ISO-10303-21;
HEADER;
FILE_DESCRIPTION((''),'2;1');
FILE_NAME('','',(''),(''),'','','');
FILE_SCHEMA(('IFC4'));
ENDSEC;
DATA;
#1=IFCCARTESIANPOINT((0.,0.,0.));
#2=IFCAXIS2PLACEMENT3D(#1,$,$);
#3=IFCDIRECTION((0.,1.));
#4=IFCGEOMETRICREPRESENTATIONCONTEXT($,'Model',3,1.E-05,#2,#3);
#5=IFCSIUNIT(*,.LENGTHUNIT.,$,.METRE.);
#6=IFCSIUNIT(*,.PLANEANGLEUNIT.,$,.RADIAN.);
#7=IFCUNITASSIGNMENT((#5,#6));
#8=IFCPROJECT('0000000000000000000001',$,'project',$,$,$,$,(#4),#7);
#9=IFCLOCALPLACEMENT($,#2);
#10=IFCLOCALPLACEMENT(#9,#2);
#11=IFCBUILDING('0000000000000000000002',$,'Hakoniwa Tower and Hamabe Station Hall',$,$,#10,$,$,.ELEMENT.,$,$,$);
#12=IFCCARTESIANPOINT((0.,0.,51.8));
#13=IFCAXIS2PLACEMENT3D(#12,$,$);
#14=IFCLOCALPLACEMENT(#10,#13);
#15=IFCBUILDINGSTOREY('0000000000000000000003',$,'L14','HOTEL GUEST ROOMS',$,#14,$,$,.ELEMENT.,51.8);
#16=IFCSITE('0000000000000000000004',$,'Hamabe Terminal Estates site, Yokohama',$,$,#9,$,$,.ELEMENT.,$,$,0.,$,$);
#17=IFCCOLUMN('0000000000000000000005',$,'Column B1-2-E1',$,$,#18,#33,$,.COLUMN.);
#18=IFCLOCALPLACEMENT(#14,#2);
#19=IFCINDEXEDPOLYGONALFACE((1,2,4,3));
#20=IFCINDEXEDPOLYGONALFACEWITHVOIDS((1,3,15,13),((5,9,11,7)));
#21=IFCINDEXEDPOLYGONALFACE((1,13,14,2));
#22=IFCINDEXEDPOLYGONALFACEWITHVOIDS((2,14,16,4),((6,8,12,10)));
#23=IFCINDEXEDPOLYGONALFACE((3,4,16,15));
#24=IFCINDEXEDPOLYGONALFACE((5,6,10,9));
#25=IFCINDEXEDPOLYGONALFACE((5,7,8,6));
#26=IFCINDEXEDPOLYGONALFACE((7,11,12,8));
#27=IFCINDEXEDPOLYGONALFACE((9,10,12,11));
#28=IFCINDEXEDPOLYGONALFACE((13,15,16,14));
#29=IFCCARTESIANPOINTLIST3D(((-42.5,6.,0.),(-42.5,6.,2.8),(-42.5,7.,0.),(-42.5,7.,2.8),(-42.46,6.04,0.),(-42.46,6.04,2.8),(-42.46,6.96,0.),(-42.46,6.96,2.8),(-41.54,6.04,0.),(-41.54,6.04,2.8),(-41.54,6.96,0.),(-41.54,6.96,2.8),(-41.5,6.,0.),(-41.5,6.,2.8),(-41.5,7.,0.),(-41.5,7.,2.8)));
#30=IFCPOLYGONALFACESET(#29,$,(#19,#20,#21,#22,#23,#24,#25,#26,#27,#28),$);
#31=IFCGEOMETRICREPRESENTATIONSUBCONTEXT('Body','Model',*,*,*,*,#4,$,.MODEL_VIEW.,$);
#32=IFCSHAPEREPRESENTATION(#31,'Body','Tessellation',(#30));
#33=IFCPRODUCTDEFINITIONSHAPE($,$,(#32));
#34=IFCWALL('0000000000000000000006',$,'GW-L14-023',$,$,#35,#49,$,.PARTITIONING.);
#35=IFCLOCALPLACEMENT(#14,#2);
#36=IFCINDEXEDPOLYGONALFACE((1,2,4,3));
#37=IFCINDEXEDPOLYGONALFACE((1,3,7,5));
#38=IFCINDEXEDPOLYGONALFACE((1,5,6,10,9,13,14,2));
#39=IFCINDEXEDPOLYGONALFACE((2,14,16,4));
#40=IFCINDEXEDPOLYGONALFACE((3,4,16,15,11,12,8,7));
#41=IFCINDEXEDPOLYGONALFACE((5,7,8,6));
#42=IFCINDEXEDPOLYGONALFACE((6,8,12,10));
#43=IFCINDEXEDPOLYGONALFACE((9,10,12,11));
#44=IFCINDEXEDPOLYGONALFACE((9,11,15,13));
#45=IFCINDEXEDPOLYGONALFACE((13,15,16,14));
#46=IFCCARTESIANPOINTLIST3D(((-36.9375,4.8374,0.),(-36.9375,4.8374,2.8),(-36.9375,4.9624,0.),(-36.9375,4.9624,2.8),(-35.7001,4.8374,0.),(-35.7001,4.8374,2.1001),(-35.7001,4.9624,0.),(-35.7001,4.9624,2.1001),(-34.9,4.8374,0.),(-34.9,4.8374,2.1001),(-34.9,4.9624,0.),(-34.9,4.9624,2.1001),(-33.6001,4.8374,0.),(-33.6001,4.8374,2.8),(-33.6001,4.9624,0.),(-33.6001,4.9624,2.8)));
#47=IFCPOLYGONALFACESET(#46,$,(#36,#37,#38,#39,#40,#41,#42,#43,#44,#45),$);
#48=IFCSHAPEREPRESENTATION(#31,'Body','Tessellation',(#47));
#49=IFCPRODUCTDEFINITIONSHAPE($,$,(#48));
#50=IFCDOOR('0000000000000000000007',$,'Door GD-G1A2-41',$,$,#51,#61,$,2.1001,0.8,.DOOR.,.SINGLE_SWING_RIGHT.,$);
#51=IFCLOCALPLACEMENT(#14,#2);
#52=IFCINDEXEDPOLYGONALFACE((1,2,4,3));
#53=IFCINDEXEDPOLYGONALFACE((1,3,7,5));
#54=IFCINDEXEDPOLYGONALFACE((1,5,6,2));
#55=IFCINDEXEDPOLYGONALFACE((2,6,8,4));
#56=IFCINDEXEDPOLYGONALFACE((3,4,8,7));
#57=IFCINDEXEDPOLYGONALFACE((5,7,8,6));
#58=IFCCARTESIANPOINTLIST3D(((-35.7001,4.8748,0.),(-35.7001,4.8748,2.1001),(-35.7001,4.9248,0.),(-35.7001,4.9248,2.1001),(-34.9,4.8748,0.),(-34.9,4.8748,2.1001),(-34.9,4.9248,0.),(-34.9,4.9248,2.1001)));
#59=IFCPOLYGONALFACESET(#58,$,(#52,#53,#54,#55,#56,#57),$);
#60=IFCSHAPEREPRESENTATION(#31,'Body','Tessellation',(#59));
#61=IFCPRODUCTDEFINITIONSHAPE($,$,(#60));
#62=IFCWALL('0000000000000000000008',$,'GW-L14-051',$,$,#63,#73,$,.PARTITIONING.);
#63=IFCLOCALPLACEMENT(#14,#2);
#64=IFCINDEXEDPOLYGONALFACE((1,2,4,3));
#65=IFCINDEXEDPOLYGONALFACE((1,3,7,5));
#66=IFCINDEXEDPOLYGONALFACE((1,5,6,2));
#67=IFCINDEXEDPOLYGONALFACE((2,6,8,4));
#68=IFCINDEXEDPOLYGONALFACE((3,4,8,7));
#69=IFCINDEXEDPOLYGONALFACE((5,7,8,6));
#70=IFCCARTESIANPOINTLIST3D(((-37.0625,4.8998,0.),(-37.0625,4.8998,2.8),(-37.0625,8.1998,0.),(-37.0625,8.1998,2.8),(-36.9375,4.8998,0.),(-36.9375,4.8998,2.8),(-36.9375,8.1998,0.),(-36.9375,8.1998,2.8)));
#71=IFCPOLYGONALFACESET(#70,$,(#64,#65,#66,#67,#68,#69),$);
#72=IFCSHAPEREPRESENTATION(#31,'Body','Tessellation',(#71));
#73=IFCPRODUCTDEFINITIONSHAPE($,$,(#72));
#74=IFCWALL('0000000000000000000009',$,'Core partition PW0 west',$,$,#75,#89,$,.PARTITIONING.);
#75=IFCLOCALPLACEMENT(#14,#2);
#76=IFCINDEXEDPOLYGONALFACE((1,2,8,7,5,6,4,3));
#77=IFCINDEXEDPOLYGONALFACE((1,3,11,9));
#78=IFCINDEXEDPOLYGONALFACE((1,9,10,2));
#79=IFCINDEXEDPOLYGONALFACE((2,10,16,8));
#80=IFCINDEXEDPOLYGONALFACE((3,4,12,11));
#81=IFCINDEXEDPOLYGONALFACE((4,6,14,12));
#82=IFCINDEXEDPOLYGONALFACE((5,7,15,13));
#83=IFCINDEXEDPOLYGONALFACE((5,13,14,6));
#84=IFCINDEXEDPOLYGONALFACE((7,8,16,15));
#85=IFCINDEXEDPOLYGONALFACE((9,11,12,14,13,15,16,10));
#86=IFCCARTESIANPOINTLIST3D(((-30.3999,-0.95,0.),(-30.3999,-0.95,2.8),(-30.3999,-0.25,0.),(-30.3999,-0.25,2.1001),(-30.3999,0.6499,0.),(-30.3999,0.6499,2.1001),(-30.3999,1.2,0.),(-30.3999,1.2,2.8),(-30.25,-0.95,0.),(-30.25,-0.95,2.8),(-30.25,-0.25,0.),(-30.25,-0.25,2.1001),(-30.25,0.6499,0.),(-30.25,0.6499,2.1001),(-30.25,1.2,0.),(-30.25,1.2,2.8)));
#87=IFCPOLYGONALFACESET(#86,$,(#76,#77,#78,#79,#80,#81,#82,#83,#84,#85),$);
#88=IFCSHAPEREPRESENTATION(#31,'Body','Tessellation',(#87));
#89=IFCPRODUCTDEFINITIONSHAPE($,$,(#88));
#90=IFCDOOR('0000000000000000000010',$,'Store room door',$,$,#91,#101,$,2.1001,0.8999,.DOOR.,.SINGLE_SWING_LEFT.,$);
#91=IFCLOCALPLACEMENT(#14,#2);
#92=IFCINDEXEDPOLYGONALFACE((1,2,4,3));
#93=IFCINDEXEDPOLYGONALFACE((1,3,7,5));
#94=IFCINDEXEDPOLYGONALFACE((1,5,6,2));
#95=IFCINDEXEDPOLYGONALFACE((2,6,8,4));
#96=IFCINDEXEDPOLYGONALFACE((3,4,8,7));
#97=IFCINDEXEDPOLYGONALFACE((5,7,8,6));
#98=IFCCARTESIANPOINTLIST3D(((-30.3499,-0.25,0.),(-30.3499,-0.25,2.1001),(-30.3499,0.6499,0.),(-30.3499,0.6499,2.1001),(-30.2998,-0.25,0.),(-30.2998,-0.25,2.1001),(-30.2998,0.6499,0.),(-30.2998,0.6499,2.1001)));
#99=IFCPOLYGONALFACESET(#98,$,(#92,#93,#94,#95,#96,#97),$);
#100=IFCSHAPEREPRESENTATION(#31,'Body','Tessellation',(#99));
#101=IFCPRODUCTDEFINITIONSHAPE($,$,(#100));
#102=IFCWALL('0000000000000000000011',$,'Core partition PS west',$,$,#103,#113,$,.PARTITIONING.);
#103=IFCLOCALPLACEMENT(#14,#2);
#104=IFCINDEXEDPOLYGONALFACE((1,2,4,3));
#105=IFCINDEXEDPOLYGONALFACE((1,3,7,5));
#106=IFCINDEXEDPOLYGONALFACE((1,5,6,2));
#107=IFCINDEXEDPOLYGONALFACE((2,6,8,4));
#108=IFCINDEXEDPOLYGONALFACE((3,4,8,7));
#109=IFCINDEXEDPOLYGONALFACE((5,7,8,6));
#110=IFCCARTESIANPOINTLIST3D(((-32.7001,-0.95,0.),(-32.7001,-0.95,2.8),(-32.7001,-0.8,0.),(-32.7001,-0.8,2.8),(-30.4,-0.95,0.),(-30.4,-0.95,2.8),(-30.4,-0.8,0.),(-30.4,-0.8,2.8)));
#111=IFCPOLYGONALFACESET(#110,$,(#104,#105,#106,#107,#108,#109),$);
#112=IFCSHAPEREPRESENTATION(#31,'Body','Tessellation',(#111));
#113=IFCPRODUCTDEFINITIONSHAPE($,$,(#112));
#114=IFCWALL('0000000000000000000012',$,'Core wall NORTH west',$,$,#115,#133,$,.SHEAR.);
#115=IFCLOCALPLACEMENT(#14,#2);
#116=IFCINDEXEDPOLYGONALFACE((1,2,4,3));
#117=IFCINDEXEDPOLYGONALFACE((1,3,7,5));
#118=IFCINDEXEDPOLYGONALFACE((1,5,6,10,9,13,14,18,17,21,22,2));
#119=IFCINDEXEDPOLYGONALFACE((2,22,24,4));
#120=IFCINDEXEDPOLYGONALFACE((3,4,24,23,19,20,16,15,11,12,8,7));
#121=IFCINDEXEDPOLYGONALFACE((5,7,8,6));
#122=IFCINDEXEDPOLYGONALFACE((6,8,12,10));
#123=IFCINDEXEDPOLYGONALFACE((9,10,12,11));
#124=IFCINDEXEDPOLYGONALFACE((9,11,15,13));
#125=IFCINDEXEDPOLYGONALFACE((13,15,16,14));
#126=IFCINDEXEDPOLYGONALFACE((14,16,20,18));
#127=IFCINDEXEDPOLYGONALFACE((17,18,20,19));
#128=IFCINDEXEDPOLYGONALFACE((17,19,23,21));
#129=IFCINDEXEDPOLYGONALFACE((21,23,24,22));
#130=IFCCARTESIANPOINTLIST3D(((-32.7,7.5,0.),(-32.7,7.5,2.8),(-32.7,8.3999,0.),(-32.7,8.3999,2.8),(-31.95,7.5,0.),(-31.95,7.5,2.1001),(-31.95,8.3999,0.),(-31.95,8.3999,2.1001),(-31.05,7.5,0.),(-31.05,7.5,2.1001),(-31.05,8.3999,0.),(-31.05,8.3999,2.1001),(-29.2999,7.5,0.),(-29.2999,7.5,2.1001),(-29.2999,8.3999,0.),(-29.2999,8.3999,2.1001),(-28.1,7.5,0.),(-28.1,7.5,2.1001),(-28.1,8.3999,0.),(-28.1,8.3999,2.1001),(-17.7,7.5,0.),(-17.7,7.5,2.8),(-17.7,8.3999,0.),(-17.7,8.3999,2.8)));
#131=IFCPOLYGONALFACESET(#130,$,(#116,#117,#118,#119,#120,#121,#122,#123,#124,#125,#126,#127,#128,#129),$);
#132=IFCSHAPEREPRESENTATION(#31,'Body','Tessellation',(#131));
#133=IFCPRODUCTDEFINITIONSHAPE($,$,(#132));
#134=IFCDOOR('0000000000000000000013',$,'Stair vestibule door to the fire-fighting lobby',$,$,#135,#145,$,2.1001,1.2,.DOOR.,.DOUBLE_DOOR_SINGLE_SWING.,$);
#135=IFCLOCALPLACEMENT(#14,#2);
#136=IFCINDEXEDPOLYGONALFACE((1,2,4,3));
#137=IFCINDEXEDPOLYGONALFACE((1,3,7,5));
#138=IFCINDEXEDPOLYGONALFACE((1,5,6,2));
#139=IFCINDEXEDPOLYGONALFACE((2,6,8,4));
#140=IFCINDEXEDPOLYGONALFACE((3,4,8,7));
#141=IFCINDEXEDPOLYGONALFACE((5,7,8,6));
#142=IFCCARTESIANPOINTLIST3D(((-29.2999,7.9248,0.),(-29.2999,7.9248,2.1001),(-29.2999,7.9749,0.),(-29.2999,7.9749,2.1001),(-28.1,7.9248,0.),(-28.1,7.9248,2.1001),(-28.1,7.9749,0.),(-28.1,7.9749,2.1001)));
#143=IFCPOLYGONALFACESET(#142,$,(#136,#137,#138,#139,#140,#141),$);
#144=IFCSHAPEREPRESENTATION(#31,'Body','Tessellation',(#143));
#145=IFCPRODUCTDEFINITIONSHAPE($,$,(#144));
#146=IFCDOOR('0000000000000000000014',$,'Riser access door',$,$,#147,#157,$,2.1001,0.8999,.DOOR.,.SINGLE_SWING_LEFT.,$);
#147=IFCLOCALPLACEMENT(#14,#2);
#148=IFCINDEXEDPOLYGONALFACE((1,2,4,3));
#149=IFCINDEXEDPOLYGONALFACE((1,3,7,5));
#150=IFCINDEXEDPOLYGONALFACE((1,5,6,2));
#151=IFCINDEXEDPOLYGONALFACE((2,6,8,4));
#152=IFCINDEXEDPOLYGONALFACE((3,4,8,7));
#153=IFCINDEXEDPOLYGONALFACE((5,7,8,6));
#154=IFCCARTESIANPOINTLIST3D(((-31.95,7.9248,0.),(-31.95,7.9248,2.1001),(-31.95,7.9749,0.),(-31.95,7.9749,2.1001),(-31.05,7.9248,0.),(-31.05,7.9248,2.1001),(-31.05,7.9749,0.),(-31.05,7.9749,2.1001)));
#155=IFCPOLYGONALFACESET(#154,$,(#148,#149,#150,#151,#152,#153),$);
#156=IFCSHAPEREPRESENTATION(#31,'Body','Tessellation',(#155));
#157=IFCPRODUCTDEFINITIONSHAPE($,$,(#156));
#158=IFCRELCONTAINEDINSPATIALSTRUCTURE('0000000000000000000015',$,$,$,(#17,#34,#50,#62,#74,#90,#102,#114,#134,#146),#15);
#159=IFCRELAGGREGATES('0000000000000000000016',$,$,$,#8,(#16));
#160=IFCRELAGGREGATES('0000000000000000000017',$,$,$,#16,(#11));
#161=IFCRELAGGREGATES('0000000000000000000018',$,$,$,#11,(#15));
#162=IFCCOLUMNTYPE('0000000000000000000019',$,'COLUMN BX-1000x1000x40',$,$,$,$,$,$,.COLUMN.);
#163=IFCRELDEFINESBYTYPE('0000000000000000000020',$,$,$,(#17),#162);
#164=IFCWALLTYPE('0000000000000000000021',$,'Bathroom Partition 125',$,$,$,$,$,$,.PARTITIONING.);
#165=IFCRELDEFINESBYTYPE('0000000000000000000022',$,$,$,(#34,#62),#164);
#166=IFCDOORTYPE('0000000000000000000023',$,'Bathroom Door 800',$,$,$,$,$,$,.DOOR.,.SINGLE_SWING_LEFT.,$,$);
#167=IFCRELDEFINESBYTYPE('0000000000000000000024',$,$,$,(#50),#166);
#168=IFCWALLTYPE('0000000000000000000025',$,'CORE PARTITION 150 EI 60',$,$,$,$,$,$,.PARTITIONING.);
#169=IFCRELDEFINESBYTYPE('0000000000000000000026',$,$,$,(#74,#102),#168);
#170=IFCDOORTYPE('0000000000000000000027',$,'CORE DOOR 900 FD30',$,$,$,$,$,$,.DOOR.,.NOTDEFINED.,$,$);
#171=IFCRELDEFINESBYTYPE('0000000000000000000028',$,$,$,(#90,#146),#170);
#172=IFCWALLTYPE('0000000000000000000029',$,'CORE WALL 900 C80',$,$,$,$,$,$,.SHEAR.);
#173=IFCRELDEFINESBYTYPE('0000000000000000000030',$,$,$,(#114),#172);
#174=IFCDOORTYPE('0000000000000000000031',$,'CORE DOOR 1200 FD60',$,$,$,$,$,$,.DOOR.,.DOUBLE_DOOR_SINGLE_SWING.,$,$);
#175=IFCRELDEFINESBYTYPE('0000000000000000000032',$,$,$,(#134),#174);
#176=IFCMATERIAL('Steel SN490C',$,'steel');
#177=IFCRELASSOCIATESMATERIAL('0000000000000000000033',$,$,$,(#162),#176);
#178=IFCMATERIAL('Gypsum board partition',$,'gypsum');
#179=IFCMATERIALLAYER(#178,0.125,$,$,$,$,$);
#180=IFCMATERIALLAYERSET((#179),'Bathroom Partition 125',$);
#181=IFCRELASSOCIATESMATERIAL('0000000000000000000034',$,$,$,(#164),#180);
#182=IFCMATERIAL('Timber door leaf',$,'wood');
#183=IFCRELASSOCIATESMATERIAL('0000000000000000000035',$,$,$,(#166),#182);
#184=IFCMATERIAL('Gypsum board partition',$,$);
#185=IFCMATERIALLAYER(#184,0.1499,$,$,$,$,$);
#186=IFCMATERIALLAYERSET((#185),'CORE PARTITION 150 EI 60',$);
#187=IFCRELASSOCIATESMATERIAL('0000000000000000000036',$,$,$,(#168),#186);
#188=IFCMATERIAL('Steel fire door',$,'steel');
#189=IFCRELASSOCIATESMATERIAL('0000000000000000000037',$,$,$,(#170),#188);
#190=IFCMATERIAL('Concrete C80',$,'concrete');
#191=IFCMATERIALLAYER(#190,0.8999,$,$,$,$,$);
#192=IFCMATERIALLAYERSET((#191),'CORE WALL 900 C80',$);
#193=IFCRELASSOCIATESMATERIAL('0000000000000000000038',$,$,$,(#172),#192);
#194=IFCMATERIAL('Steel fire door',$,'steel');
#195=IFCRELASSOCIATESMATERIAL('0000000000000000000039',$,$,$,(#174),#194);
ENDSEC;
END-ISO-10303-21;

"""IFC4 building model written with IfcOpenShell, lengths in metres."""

from ifc_helpers import new_model, si_unit, direction, frame, frame_2d, origin, origin_2d, place, context, subcontext, project, spatial, rectangle, hollow_rectangle, extrude, material, layer, layer_set, material_profile, profile_set, type_object, element, fill, save


model = new_model("IFC4")

# Units and contexts
model_context = context("Model", 3, precision=1e-05, world=origin(), true_north=direction((0.0, 1.0)))
body_context = subcontext(model_context, "Body", "Model", "MODEL_VIEW")
ifc_project = project(units=[si_unit("LENGTHUNIT", "METRE"), si_unit("PLANEANGLEUNIT", "RADIAN")], contexts=[model_context])

# Site, building, storey
site_placement = place(None, origin())
site = spatial("IfcSite", under=ifc_project, at=site_placement, Name="Hamabe Terminal Estates site, Yokohama", CompositionType="ELEMENT", RefElevation=0.0)
building_placement = place(site_placement, origin())
building = spatial("IfcBuilding", under=site, at=building_placement, Name="Hakoniwa Tower and Hamabe Station Hall", CompositionType="ELEMENT")
storey_placement = place(building_placement, frame((0.0, 0.0, 51.8)))
storey = spatial("IfcBuildingStorey", under=building, at=storey_placement, Name="L14", Description="HOTEL GUEST ROOMS", CompositionType="ELEMENT", Elevation=51.8)

# Column
ifc_material_1 = material(Name="Steel SN490C", Category="steel")
ifc_material_profile = material_profile(ifc_material_1, hollow_rectangle(XDim=1.0, YDim=1.0, WallThickness=0.04, at=origin_2d()), Name="BX-1000x1000x40")
ifc_profile_set = profile_set([ifc_material_profile], Name="Steel SN490C")
column_type = type_object("IfcColumnType", Name="COLUMN BX-1000x1000x40", PredefinedType="COLUMN", material=ifc_profile_set)
column_placement = place(storey_placement, frame((-42.0, 6.5, 0.0), z_axis=(0.0, 0.0, 1.0), x_axis=(1.0, 0.0, 0.0)))
element("IfcColumn", 1, at=column_placement, inside=storey, type_object=column_type, Name="Column B1-2-E1", PredefinedType="COLUMN", context=body_context, shape_type="SweptSolid", body=[
    extrude(hollow_rectangle(XDim=1.0, YDim=1.0, WallThickness=0.04, at=origin_2d()), origin(), (0.0, 0.0, 1.0), 2.8),
])

# Wall, opening, door
ifc_material_2 = material(Name="Gypsum board partition", Category="gypsum")
ifc_layer_1 = layer(ifc_material_2, 0.125)
ifc_layer_set_1 = layer_set([ifc_layer_1], Name="Bathroom Partition 125")
wall_type_1 = type_object("IfcWallType", Name="Bathroom Partition 125", PredefinedType="PARTITIONING", material=ifc_layer_set_1)
wall_1_placement = place(storey_placement, frame((-36.9375, 4.8999, 0.0), z_axis=(0.0, 0.0, 1.0), x_axis=(1.0, 0.0, 0.0)))
wall_1 = element("IfcWall", 2, at=wall_1_placement, inside=storey, type_object=wall_type_1, Name="GW-L14-023", PredefinedType="PARTITIONING", context=body_context, shape_type="SweptSolid", body=[
    extrude(rectangle(XDim=3.3374, YDim=0.125, at=frame_2d((1.6687, 0.0))), origin(), (0.0, 0.0, 1.0), 2.8),
])
opening_1_placement = place(wall_1_placement, frame((1.2375, 0.0, 0.0)))
opening_1 = element("IfcOpeningElement", 3, at=opening_1_placement, cuts=wall_1, PredefinedType="OPENING", context=body_context, shape_type="SweptSolid", body=[
    extrude(rectangle(XDim=0.8, YDim=2.1001, at=frame_2d((0.3999, 1.05))), frame((0.0, 0.0725, 0.0), z_axis=(0.0, -1.0, 0.0), x_axis=(1.0, 0.0, 0.0)), (0.0, 0.0, 1.0), 0.145),
])
ifc_material_3 = material(Name="Timber door leaf", Category="wood")
door_type_1 = type_object("IfcDoorType", Name="Bathroom Door 800", OperationType="SINGLE_SWING_LEFT", PredefinedType="DOOR", material=ifc_material_3)
door_1_placement = place(opening_1_placement, origin())
door_1 = element("IfcDoor", 4, at=door_1_placement, inside=storey, type_object=door_type_1, Name="Door GD-G1A2-41", OperationType="SINGLE_SWING_RIGHT", OverallHeight=2.1001, OverallWidth=0.8, PredefinedType="DOOR", context=body_context, shape_type="SweptSolid", body=[
    extrude(rectangle(XDim=0.8, YDim=2.1001, at=frame_2d((0.3999, 1.05))), frame((0.0, 0.0249, 0.0), z_axis=(0.0, -1.0, 0.0), x_axis=(1.0, 0.0, 0.0)), (0.0, 0.0, 1.0), 0.05),
])
fill(opening_1, door_1)

# Wall
wall_2_placement = place(storey_placement, frame((-37.0, 4.8999, 0.0), z_axis=(0.0, 0.0, 1.0), x_axis=(0.0, 1.0, 0.0)))
element("IfcWall", 5, at=wall_2_placement, inside=storey, type_object=wall_type_1, Name="GW-L14-051", PredefinedType="PARTITIONING", context=body_context, shape_type="SweptSolid", body=[
    extrude(rectangle(XDim=3.3, YDim=0.125, at=frame_2d((1.6499, 0.0))), origin(), (0.0, 0.0, 1.0), 2.8),
])

# Wall, opening, door
ifc_material_4 = material(Name="Gypsum board partition")
ifc_layer_2 = layer(ifc_material_4, 0.1499)
ifc_layer_set_2 = layer_set([ifc_layer_2], Name="CORE PARTITION 150 EI 60")
wall_type_2 = type_object("IfcWallType", Name="CORE PARTITION 150 EI 60", PredefinedType="PARTITIONING", material=ifc_layer_set_2)
wall_3_placement = place(storey_placement, frame((-30.325, -0.95, 0.0), z_axis=(0.0, 0.0, 1.0), x_axis=(0.0, 1.0, 0.0)))
wall_3 = element("IfcWall", 6, at=wall_3_placement, inside=storey, type_object=wall_type_2, Name="Core partition PW0 west", PredefinedType="PARTITIONING", context=body_context, shape_type="SweptSolid", body=[
    extrude(rectangle(XDim=2.1499, YDim=0.1499, at=frame_2d((1.075, 0.0))), origin(), (0.0, 0.0, 1.0), 2.8),
])
opening_2_placement = place(wall_3_placement, frame((0.7, 0.0, 0.0)))
opening_2 = element("IfcOpeningElement", 7, at=opening_2_placement, cuts=wall_3, PredefinedType="OPENING", context=body_context, shape_type="SweptSolid", body=[
    extrude(rectangle(XDim=0.8999, YDim=2.1001, at=frame_2d((0.45, 1.05))), frame((0.0, 0.085, 0.0), z_axis=(0.0, -1.0, 0.0), x_axis=(1.0, 0.0, 0.0)), (0.0, 0.0, 1.0), 0.1699),
])
ifc_material_5 = material(Name="Steel fire door", Category="steel")
door_type_2 = type_object("IfcDoorType", Name="CORE DOOR 900 FD30", OperationType="NOTDEFINED", PredefinedType="DOOR", material=ifc_material_5)
door_2_placement = place(opening_2_placement, origin())
door_2 = element("IfcDoor", 8, at=door_2_placement, inside=storey, type_object=door_type_2, Name="Store room door", OperationType="SINGLE_SWING_LEFT", OverallHeight=2.1001, OverallWidth=0.8999, PredefinedType="DOOR", context=body_context, shape_type="SweptSolid", body=[
    extrude(rectangle(XDim=0.8999, YDim=2.1001, at=frame_2d((0.45, 1.05))), frame((0.0, 0.0249, 0.0), z_axis=(0.0, -1.0, 0.0), x_axis=(1.0, 0.0, 0.0)), (0.0, 0.0, 1.0), 0.05),
])
fill(opening_2, door_2)

# Wall
wall_4_placement = place(storey_placement, frame((-32.7, -0.875, 0.0), z_axis=(0.0, 0.0, 1.0), x_axis=(1.0, 0.0, 0.0)))
element("IfcWall", 9, at=wall_4_placement, inside=storey, type_object=wall_type_2, Name="Core partition PS west", PredefinedType="PARTITIONING", context=body_context, shape_type="SweptSolid", body=[
    extrude(rectangle(XDim=2.3, YDim=0.1499, at=frame_2d((1.1499, 0.0))), origin(), (0.0, 0.0, 1.0), 2.8),
])

# Wall, openings, doors
ifc_material_6 = material(Name="Concrete C80", Category="concrete")
ifc_layer_3 = layer(ifc_material_6, 0.8999)
ifc_layer_set_3 = layer_set([ifc_layer_3], Name="CORE WALL 900 C80")
wall_type_3 = type_object("IfcWallType", Name="CORE WALL 900 C80", PredefinedType="SHEAR", material=ifc_layer_set_3)
wall_5_placement = place(storey_placement, frame((-32.7, 7.95, 0.0), z_axis=(0.0, 0.0, 1.0), x_axis=(1.0, 0.0, 0.0)))
wall_5 = element("IfcWall", 10, at=wall_5_placement, inside=storey, type_object=wall_type_3, Name="Core wall NORTH west", PredefinedType="SHEAR", context=body_context, shape_type="SweptSolid", body=[
    extrude(rectangle(XDim=15.0, YDim=0.8999, at=frame_2d((7.5, 0.0))), origin(), (0.0, 0.0, 1.0), 2.8),
])
opening_3_placement = place(wall_5_placement, frame((3.3999, 0.0, 0.0)))
opening_3 = element("IfcOpeningElement", 11, at=opening_3_placement, cuts=wall_5, PredefinedType="OPENING", context=body_context, shape_type="SweptSolid", body=[
    extrude(rectangle(XDim=1.2, YDim=2.1001, at=frame_2d((0.6001, 1.05))), frame((0.0, 0.46, 0.0), z_axis=(0.0, -1.0, 0.0), x_axis=(1.0, 0.0, 0.0)), (0.0, 0.0, 1.0), 0.9199),
])
opening_4_placement = place(wall_5_placement, frame((0.75, 0.0, 0.0)))
opening_4 = element("IfcOpeningElement", 12, at=opening_4_placement, cuts=wall_5, PredefinedType="OPENING", context=body_context, shape_type="SweptSolid", body=[
    extrude(rectangle(XDim=0.8999, YDim=2.1001, at=frame_2d((0.45, 1.05))), frame((0.0, 0.46, 0.0), z_axis=(0.0, -1.0, 0.0), x_axis=(1.0, 0.0, 0.0)), (0.0, 0.0, 1.0), 0.9199),
])
ifc_material_7 = material(Name="Steel fire door", Category="steel")
door_type_3 = type_object("IfcDoorType", Name="CORE DOOR 1200 FD60", OperationType="DOUBLE_DOOR_SINGLE_SWING", PredefinedType="DOOR", material=ifc_material_7)
door_3_placement = place(opening_3_placement, origin())
door_3 = element("IfcDoor", 13, at=door_3_placement, inside=storey, type_object=door_type_3, Name="Stair vestibule door to the fire-fighting lobby", OperationType="DOUBLE_DOOR_SINGLE_SWING", OverallHeight=2.1001, OverallWidth=1.2, PredefinedType="DOOR", context=body_context, shape_type="SweptSolid", body=[
    extrude(rectangle(XDim=1.2, YDim=2.1001, at=frame_2d((0.6001, 1.05))), frame((0.0, 0.0249, 0.0), z_axis=(0.0, -1.0, 0.0), x_axis=(1.0, 0.0, 0.0)), (0.0, 0.0, 1.0), 0.05),
])
fill(opening_3, door_3)
door_4_placement = place(opening_4_placement, origin())
door_4 = element("IfcDoor", 14, at=door_4_placement, inside=storey, type_object=door_type_2, Name="Riser access door", OperationType="SINGLE_SWING_LEFT", OverallHeight=2.1001, OverallWidth=0.8999, PredefinedType="DOOR", context=body_context, shape_type="SweptSolid", body=[
    extrude(rectangle(XDim=0.8999, YDim=2.1001, at=frame_2d((0.45, 1.05))), frame((0.0, 0.0249, 0.0), z_axis=(0.0, -1.0, 0.0), x_axis=(1.0, 0.0, 0.0)), (0.0, 0.0, 1.0), 0.05),
])
fill(opening_4, door_4)

save(model, "model.ifc")
